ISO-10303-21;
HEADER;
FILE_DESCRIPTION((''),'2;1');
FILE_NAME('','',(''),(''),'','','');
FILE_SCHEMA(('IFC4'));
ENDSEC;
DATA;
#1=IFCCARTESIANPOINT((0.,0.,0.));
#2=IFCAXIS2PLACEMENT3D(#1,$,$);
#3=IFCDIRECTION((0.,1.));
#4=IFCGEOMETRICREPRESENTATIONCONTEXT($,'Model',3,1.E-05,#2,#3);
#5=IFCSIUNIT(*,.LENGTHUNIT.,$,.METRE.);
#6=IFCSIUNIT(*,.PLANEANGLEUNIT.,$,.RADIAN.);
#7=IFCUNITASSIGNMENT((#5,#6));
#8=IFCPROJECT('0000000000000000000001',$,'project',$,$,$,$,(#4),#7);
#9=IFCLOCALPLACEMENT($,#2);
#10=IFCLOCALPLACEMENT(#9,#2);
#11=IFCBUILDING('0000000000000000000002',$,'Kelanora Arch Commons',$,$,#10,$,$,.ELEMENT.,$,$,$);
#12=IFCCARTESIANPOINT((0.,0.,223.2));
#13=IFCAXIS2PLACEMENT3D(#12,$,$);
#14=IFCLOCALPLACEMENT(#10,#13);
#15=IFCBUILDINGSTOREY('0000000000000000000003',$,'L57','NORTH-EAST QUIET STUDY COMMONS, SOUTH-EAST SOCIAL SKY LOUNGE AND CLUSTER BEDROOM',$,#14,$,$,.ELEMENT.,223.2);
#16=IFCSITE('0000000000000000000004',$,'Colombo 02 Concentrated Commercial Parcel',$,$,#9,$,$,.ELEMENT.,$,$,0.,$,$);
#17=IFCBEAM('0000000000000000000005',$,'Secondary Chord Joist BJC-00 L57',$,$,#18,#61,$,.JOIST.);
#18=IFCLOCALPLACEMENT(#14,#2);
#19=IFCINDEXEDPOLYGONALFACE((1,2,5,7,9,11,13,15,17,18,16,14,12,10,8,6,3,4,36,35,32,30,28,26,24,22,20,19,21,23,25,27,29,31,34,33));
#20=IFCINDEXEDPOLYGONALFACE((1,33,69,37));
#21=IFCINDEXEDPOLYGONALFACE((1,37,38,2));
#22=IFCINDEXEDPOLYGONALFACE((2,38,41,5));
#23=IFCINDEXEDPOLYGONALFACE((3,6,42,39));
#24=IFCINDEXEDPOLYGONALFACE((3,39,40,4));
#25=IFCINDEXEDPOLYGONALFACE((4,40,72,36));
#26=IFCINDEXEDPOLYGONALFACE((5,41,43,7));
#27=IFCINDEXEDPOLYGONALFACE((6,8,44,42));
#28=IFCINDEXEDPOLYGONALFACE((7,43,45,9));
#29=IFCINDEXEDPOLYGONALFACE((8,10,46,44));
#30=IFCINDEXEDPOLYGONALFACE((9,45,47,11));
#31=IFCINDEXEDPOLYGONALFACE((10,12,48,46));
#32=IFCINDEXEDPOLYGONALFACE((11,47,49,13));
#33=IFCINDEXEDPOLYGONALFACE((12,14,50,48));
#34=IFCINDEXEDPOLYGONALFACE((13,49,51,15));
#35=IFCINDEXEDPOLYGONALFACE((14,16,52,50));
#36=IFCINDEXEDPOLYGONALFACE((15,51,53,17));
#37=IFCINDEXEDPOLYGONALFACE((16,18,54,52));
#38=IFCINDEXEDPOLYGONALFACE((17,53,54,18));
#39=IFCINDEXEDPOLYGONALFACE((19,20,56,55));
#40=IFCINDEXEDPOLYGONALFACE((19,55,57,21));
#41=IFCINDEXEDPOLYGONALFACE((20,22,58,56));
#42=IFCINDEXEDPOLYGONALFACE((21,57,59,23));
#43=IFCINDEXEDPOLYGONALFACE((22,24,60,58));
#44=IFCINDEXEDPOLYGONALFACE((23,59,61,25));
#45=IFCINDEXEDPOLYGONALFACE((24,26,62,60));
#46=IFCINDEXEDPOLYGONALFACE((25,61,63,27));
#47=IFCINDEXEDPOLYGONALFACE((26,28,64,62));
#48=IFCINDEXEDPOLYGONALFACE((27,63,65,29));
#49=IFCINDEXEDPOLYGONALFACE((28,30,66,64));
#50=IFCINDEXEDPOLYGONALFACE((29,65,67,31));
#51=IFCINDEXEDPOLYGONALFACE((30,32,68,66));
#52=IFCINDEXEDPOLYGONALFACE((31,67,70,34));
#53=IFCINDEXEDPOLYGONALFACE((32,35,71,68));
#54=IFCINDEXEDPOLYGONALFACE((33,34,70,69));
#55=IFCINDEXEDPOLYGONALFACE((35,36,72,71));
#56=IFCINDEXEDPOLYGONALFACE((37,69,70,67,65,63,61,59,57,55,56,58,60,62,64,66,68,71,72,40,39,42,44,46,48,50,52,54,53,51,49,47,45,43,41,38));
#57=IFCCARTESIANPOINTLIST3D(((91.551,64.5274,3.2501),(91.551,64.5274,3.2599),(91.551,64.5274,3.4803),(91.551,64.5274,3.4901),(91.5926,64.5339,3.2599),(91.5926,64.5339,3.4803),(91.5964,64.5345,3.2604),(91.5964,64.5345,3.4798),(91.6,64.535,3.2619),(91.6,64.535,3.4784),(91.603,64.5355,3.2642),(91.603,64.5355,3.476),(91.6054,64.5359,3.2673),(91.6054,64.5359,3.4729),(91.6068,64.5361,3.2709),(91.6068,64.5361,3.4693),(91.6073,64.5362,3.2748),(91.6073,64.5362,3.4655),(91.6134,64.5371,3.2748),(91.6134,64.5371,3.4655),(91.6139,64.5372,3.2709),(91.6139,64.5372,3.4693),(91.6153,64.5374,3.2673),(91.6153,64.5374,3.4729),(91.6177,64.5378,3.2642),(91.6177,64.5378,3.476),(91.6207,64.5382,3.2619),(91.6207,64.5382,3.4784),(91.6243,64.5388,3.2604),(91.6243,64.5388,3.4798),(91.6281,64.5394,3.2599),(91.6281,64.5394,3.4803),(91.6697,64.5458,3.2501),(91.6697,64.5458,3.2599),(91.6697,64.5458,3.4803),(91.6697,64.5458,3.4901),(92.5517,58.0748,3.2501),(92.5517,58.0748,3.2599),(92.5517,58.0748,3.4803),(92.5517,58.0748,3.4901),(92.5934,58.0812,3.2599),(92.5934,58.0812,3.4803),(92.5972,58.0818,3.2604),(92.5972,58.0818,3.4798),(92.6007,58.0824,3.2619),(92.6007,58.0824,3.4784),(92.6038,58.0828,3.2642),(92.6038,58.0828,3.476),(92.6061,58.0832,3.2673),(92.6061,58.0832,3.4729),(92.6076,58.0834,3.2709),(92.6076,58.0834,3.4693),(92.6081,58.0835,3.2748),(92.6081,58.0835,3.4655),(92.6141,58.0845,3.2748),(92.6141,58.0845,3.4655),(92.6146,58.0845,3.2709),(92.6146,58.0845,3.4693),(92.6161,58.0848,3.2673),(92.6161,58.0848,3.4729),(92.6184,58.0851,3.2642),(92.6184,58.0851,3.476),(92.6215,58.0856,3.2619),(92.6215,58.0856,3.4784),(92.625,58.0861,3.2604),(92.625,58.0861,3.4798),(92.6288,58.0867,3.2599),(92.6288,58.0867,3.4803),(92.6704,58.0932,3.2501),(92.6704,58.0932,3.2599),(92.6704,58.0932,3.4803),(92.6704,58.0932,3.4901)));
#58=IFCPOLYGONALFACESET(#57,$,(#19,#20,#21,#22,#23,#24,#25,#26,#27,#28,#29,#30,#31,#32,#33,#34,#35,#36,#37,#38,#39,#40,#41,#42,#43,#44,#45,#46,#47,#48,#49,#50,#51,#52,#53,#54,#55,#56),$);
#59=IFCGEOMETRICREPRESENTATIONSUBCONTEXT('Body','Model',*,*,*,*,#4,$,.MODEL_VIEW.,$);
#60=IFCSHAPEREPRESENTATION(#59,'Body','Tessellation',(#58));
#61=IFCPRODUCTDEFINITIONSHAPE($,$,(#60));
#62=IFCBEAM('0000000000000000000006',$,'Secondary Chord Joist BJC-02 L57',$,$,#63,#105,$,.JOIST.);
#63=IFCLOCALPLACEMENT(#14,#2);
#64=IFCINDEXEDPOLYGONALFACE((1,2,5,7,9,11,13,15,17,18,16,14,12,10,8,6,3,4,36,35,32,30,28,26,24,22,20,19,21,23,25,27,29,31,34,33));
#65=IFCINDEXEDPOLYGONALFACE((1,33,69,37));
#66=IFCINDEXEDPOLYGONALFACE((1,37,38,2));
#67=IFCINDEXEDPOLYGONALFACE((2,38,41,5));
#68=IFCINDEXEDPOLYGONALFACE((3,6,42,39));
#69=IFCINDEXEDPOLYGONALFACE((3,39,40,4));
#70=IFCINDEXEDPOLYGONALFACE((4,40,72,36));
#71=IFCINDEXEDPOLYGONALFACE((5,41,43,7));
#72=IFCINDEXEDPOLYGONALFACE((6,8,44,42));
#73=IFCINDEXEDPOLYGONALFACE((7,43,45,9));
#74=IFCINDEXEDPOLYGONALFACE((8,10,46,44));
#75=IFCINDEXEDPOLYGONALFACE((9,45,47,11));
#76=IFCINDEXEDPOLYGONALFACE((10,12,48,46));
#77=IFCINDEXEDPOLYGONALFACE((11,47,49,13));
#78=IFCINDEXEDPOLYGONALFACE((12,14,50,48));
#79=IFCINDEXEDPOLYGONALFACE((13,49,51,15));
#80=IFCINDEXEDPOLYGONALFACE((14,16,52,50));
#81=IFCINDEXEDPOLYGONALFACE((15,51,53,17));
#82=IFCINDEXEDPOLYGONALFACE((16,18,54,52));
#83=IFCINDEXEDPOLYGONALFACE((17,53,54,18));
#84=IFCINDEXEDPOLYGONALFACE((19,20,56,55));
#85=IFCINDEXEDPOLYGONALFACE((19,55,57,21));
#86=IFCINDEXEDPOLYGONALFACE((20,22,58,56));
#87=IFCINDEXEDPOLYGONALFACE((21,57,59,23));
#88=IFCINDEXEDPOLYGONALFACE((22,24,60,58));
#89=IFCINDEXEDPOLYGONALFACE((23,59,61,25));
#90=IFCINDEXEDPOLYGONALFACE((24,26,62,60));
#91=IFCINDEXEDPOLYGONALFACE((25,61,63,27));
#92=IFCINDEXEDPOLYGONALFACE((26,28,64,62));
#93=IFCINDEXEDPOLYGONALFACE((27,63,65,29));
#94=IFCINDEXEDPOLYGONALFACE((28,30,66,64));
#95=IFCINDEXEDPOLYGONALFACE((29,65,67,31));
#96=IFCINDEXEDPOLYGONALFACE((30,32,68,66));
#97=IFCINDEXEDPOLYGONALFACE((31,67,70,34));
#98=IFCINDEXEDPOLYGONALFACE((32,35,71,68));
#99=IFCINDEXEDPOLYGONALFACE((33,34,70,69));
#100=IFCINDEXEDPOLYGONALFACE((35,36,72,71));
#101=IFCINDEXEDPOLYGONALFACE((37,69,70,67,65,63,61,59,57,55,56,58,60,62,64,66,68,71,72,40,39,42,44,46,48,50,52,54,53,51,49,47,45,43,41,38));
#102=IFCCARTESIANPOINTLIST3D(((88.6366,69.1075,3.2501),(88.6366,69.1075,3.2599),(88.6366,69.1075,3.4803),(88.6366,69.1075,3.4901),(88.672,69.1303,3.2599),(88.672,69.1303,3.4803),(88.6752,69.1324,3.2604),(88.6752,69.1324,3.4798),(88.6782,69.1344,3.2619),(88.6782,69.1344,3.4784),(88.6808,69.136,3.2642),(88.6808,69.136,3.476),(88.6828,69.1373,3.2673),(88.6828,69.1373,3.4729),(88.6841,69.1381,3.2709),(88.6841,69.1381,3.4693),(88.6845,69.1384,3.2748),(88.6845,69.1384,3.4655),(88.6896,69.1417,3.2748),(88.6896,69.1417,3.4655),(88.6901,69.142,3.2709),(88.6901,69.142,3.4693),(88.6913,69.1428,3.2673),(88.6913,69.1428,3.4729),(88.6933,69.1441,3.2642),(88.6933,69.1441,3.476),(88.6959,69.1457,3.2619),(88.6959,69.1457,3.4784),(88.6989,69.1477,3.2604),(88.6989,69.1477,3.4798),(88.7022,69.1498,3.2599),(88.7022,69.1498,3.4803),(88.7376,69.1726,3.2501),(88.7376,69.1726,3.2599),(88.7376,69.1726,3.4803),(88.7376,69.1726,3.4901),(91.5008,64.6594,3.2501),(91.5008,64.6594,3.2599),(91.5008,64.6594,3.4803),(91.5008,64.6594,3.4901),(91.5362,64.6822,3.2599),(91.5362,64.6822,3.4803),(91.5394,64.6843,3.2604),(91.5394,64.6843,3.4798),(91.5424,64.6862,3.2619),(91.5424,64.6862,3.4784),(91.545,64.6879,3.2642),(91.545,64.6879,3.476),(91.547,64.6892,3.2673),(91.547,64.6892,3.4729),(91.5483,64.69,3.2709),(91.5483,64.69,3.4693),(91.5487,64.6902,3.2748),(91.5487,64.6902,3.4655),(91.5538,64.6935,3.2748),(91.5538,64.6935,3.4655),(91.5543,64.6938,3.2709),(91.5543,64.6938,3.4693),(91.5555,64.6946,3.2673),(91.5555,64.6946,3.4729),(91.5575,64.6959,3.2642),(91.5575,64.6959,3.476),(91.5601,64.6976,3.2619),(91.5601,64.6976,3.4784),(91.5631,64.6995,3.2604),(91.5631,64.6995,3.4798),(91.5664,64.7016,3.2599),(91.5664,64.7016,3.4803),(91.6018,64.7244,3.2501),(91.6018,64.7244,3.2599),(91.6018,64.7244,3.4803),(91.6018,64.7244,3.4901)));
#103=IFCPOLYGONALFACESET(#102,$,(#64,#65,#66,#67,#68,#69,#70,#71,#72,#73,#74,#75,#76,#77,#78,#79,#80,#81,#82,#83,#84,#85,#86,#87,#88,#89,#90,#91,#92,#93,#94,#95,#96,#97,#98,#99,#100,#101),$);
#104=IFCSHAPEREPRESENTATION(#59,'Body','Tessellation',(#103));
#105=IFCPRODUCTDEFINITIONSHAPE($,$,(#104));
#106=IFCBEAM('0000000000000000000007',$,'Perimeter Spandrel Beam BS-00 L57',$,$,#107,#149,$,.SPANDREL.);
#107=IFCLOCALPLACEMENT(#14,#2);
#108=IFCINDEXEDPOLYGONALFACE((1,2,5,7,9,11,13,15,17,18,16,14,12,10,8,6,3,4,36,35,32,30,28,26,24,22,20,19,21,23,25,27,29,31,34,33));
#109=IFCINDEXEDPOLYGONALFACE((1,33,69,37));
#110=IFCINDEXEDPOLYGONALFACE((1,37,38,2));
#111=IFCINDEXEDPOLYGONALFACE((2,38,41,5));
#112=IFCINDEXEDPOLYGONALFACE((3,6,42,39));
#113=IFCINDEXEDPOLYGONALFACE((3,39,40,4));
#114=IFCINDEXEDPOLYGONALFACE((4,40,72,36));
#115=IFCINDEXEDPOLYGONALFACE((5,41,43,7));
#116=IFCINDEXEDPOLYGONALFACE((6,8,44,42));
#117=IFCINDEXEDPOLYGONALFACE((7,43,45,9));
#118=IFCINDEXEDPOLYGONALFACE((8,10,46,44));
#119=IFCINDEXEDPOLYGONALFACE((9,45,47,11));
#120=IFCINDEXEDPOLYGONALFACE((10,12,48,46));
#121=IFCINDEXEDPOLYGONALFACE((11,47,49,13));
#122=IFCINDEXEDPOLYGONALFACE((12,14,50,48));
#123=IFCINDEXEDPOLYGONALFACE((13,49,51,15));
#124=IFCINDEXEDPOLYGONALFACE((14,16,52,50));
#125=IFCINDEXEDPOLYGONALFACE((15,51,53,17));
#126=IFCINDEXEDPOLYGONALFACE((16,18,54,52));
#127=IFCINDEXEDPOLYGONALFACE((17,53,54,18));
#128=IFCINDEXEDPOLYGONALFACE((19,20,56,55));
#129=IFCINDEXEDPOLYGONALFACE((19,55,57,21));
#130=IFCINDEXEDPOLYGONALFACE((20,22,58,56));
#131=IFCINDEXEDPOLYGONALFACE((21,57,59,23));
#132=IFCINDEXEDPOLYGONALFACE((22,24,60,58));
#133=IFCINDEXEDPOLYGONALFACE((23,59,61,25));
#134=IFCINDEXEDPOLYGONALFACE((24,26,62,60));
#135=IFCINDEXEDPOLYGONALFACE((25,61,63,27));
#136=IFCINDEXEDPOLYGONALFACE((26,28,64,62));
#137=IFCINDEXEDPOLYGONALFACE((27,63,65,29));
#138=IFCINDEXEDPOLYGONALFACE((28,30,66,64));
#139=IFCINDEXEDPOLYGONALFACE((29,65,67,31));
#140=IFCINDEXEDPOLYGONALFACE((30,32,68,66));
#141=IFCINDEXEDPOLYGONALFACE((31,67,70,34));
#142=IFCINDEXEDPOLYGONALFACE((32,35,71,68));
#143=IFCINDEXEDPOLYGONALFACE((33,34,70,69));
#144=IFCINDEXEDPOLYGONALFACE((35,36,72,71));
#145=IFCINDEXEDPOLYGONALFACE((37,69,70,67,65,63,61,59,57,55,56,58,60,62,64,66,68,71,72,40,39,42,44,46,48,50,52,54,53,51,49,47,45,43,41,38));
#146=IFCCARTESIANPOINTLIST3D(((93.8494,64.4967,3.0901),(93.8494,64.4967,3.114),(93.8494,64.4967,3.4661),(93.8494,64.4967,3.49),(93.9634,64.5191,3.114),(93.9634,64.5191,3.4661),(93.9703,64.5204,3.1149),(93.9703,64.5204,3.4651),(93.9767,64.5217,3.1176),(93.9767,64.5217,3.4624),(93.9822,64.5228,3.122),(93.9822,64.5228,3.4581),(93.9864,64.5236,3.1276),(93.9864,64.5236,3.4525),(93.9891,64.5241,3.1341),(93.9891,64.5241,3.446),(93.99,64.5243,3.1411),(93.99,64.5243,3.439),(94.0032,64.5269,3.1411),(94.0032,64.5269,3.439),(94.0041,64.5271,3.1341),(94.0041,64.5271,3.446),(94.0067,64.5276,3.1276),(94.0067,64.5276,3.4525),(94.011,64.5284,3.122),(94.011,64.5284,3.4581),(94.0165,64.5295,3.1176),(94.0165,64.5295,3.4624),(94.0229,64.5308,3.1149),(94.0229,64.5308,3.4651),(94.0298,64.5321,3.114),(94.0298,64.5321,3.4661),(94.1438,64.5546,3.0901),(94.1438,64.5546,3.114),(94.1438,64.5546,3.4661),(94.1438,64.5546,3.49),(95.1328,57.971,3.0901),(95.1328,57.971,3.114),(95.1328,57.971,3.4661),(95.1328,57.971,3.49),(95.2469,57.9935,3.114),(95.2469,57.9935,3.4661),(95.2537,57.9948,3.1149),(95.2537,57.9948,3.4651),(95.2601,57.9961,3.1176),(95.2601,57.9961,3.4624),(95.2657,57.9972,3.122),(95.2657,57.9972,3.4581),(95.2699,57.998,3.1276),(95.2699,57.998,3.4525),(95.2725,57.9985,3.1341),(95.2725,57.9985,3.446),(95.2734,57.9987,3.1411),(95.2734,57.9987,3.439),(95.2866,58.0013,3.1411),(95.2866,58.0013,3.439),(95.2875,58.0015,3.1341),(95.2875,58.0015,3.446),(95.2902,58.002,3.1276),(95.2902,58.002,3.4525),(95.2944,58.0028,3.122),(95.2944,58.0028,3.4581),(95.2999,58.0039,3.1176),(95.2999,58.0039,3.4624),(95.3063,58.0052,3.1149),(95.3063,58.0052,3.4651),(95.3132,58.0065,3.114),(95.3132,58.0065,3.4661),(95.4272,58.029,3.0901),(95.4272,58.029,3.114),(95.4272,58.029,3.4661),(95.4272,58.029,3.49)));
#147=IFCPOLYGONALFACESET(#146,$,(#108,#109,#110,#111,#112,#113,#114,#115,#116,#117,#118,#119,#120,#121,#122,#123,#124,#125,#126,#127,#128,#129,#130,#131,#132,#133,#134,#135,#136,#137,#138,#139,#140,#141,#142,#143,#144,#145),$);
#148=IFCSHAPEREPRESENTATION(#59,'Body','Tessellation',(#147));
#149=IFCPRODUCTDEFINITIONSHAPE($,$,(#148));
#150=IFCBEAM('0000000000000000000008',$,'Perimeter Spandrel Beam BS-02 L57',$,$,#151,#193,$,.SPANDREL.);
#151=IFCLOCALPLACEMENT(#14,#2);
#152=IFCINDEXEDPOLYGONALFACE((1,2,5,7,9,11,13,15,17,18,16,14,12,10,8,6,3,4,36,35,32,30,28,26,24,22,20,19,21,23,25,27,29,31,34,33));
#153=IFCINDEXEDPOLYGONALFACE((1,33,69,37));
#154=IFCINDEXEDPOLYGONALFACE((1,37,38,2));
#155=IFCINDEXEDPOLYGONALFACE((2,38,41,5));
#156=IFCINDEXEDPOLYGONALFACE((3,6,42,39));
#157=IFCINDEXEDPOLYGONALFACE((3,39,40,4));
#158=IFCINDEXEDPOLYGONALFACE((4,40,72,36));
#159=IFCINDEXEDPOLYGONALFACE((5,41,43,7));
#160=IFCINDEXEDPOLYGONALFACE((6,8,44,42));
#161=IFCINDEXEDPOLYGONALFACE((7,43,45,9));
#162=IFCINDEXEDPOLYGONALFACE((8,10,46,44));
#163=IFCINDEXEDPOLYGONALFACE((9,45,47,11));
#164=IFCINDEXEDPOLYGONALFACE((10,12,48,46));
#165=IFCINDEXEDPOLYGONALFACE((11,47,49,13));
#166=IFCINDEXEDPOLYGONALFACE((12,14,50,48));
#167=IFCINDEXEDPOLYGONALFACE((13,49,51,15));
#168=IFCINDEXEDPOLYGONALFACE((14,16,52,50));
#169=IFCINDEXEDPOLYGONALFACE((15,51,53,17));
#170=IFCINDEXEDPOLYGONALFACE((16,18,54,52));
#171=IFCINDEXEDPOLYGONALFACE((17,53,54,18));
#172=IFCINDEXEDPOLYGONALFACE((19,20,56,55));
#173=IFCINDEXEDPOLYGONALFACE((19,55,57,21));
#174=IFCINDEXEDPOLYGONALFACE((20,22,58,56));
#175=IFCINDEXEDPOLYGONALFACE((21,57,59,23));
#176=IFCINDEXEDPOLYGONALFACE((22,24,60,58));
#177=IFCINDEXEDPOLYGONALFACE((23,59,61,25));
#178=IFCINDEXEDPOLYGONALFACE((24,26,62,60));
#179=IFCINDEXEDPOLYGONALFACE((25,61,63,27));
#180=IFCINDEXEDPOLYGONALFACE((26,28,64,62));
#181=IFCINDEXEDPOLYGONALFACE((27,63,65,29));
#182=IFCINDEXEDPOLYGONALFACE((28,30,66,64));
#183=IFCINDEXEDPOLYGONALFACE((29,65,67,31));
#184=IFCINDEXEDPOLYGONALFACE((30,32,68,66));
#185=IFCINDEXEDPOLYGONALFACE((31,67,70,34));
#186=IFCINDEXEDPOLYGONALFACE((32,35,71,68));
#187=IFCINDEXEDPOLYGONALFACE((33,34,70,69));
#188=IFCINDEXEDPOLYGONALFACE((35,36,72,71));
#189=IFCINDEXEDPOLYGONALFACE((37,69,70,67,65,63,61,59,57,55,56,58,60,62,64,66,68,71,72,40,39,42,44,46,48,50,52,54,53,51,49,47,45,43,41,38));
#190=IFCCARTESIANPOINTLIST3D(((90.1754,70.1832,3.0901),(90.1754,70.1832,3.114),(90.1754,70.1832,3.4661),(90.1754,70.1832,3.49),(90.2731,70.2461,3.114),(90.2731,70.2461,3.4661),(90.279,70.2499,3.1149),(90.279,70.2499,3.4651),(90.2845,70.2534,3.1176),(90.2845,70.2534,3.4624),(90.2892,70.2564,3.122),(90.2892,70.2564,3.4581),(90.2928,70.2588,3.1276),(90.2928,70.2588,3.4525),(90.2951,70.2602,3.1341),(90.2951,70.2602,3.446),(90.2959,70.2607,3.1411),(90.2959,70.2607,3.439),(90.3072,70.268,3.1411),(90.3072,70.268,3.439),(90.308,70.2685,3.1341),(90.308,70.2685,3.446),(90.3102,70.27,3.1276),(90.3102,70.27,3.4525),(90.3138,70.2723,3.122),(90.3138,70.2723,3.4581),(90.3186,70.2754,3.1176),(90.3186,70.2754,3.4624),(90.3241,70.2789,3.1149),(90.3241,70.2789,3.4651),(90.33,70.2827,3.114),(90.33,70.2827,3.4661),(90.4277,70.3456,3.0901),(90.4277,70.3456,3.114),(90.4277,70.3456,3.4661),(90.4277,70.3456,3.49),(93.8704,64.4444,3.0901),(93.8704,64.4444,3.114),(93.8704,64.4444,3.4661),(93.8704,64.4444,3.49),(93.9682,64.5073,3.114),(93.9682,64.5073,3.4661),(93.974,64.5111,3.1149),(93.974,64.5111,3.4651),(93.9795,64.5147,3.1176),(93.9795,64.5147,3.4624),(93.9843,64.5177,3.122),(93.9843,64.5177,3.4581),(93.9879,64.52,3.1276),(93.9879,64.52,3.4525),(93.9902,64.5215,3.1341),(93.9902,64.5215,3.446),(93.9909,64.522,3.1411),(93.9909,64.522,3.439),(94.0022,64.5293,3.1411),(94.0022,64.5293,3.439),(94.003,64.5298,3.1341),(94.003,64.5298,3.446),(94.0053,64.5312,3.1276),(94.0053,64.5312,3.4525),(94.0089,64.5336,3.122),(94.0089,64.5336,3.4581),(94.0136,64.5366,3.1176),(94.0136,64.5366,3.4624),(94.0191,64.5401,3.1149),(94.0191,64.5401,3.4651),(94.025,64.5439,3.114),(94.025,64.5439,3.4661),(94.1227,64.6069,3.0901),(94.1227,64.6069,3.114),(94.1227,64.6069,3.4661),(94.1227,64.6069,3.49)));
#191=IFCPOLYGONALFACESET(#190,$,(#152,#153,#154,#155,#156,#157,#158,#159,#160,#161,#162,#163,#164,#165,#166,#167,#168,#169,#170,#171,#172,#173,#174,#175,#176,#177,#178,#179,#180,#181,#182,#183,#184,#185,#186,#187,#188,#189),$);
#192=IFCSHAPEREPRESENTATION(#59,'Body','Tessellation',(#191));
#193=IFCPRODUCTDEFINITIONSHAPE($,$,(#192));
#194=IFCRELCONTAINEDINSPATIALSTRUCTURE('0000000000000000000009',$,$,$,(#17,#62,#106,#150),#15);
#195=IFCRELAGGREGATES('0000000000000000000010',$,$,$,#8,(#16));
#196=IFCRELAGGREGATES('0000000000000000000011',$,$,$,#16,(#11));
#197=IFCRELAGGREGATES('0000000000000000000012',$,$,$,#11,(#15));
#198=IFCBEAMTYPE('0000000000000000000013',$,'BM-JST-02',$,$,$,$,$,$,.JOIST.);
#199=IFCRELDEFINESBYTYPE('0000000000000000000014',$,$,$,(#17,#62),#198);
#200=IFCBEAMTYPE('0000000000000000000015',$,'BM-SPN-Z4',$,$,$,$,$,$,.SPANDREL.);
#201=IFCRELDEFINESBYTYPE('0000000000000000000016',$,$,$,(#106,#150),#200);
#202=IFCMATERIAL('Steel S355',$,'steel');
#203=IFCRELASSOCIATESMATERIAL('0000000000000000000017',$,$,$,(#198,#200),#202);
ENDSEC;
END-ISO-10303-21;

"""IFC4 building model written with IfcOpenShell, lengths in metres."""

from ifc_helpers import new_model, si_unit, direction, frame, origin, origin_2d, place, context, subcontext, project, spatial, i_section, extrude, material, material_profile, profile_set, type_object, element, save


model = new_model("IFC4")

# Units and contexts
model_context = context("Model", 3, precision=1e-05, world=origin(), true_north=direction((0.0, 1.0)))
body_context = subcontext(model_context, "Body", "Model", "MODEL_VIEW")
ifc_project = project(units=[si_unit("LENGTHUNIT", "METRE"), si_unit("PLANEANGLEUNIT", "RADIAN")], contexts=[model_context])

# Site, building, storey
site_placement = place(None, origin())
site = spatial("IfcSite", under=ifc_project, at=site_placement, Name="Colombo 02 Concentrated Commercial Parcel", CompositionType="ELEMENT", RefElevation=0.0)
building_placement = place(site_placement, origin())
building = spatial("IfcBuilding", under=site, at=building_placement, Name="Kelanora Arch Commons", CompositionType="ELEMENT")
storey_placement = place(building_placement, frame((0.0, 0.0, 223.2)))
storey = spatial("IfcBuildingStorey", under=building, at=storey_placement, Name="L57", Description="NORTH-EAST QUIET STUDY COMMONS, SOUTH-EAST SOCIAL SKY LOUNGE AND CLUSTER BEDROOM", CompositionType="ELEMENT", Elevation=223.2)

# Beams
ifc_material_1 = material(Name="Steel S355", Category="steel")
ifc_material_profile_1 = material_profile(ifc_material_1, i_section(OverallWidth=0.1201, OverallDepth=0.24, WebThickness=0.0061, FlangeThickness=0.0098, FilletRadius=0.0149, at=origin_2d()), Name="IPE240")
ifc_profile_set_1 = profile_set([ifc_material_profile_1], Name="Steel S355")
beam_type_1 = type_object("IfcBeamType", Name="BM-JST-02", PredefinedType="JOIST", material=ifc_profile_set_1)
beam_1_placement = place(storey_placement, frame((92.6111, 58.084, 3.3701), z_axis=(-0.153257, 0.988186, 0.0), x_axis=(-0.988186, -0.153257, 0.0)))
element("IfcBeam", 1, at=beam_1_placement, inside=storey, type_object=beam_type_1, Name="Secondary Chord Joist BJC-00 L57", PredefinedType="JOIST", context=body_context, shape_type="SweptSolid", body=[
    extrude(i_section(OverallWidth=0.1201, OverallDepth=0.24, WebThickness=0.0061, FlangeThickness=0.0098, FilletRadius=0.0149, at=origin_2d()), origin(), (0.0, 0.0, 1.0), 6.5298),
])
beam_2_placement = place(storey_placement, frame((91.5513, 64.6919, 3.3701), z_axis=(-0.541382, 0.840776, 0.0), x_axis=(-0.840776, -0.541382, 0.0)))
element("IfcBeam", 2, at=beam_2_placement, inside=storey, type_object=beam_type_1, Name="Secondary Chord Joist BJC-02 L57", PredefinedType="JOIST", context=body_context, shape_type="SweptSolid", body=[
    extrude(i_section(OverallWidth=0.1201, OverallDepth=0.24, WebThickness=0.0061, FlangeThickness=0.0098, FilletRadius=0.0149, at=origin_2d()), origin(), (0.0, 0.0, 1.0), 5.2905),
])
ifc_material_profile_2 = material_profile(ifc_material_1, i_section(OverallWidth=0.3, OverallDepth=0.3999, WebThickness=0.0134, FlangeThickness=0.0239, FilletRadius=0.0271, at=origin_2d()), Name="HEB400")
ifc_profile_set_2 = profile_set([ifc_material_profile_2], Name="Steel S355")
beam_type_2 = type_object("IfcBeamType", Name="BM-SPN-Z4", PredefinedType="SPANDREL", material=ifc_profile_set_2)
beam_3_placement = place(storey_placement, frame((95.28, 58.0, 3.29), z_axis=(-0.192981, 0.981203, 0.0), x_axis=(-0.981203, -0.192981, 0.0)))
element("IfcBeam", 3, at=beam_3_placement, inside=storey, type_object=beam_type_2, Name="Perimeter Spandrel Beam BS-00 L57", PredefinedType="SPANDREL", context=body_context, shape_type="SweptSolid", body=[
    extrude(i_section(OverallWidth=0.3, OverallDepth=0.3999, WebThickness=0.0134, FlangeThickness=0.0239, FilletRadius=0.0271, at=origin_2d()), origin(), (0.0, 0.0, 1.0), 6.6506),
])
beam_4_placement = place(storey_placement, frame((93.9966, 64.5256, 3.29), z_axis=(-0.541365, 0.840788, 0.0), x_axis=(-0.840788, -0.541365, 0.0)))
element("IfcBeam", 4, at=beam_4_placement, inside=storey, type_object=beam_type_2, Name="Perimeter Spandrel Beam BS-02 L57", PredefinedType="SPANDREL", context=body_context, shape_type="SweptSolid", body=[
    extrude(i_section(OverallWidth=0.3, OverallDepth=0.3999, WebThickness=0.0134, FlangeThickness=0.0239, FilletRadius=0.0271, at=origin_2d()), origin(), (0.0, 0.0, 1.0), 6.8254),
])

save(model, "model.ifc")
